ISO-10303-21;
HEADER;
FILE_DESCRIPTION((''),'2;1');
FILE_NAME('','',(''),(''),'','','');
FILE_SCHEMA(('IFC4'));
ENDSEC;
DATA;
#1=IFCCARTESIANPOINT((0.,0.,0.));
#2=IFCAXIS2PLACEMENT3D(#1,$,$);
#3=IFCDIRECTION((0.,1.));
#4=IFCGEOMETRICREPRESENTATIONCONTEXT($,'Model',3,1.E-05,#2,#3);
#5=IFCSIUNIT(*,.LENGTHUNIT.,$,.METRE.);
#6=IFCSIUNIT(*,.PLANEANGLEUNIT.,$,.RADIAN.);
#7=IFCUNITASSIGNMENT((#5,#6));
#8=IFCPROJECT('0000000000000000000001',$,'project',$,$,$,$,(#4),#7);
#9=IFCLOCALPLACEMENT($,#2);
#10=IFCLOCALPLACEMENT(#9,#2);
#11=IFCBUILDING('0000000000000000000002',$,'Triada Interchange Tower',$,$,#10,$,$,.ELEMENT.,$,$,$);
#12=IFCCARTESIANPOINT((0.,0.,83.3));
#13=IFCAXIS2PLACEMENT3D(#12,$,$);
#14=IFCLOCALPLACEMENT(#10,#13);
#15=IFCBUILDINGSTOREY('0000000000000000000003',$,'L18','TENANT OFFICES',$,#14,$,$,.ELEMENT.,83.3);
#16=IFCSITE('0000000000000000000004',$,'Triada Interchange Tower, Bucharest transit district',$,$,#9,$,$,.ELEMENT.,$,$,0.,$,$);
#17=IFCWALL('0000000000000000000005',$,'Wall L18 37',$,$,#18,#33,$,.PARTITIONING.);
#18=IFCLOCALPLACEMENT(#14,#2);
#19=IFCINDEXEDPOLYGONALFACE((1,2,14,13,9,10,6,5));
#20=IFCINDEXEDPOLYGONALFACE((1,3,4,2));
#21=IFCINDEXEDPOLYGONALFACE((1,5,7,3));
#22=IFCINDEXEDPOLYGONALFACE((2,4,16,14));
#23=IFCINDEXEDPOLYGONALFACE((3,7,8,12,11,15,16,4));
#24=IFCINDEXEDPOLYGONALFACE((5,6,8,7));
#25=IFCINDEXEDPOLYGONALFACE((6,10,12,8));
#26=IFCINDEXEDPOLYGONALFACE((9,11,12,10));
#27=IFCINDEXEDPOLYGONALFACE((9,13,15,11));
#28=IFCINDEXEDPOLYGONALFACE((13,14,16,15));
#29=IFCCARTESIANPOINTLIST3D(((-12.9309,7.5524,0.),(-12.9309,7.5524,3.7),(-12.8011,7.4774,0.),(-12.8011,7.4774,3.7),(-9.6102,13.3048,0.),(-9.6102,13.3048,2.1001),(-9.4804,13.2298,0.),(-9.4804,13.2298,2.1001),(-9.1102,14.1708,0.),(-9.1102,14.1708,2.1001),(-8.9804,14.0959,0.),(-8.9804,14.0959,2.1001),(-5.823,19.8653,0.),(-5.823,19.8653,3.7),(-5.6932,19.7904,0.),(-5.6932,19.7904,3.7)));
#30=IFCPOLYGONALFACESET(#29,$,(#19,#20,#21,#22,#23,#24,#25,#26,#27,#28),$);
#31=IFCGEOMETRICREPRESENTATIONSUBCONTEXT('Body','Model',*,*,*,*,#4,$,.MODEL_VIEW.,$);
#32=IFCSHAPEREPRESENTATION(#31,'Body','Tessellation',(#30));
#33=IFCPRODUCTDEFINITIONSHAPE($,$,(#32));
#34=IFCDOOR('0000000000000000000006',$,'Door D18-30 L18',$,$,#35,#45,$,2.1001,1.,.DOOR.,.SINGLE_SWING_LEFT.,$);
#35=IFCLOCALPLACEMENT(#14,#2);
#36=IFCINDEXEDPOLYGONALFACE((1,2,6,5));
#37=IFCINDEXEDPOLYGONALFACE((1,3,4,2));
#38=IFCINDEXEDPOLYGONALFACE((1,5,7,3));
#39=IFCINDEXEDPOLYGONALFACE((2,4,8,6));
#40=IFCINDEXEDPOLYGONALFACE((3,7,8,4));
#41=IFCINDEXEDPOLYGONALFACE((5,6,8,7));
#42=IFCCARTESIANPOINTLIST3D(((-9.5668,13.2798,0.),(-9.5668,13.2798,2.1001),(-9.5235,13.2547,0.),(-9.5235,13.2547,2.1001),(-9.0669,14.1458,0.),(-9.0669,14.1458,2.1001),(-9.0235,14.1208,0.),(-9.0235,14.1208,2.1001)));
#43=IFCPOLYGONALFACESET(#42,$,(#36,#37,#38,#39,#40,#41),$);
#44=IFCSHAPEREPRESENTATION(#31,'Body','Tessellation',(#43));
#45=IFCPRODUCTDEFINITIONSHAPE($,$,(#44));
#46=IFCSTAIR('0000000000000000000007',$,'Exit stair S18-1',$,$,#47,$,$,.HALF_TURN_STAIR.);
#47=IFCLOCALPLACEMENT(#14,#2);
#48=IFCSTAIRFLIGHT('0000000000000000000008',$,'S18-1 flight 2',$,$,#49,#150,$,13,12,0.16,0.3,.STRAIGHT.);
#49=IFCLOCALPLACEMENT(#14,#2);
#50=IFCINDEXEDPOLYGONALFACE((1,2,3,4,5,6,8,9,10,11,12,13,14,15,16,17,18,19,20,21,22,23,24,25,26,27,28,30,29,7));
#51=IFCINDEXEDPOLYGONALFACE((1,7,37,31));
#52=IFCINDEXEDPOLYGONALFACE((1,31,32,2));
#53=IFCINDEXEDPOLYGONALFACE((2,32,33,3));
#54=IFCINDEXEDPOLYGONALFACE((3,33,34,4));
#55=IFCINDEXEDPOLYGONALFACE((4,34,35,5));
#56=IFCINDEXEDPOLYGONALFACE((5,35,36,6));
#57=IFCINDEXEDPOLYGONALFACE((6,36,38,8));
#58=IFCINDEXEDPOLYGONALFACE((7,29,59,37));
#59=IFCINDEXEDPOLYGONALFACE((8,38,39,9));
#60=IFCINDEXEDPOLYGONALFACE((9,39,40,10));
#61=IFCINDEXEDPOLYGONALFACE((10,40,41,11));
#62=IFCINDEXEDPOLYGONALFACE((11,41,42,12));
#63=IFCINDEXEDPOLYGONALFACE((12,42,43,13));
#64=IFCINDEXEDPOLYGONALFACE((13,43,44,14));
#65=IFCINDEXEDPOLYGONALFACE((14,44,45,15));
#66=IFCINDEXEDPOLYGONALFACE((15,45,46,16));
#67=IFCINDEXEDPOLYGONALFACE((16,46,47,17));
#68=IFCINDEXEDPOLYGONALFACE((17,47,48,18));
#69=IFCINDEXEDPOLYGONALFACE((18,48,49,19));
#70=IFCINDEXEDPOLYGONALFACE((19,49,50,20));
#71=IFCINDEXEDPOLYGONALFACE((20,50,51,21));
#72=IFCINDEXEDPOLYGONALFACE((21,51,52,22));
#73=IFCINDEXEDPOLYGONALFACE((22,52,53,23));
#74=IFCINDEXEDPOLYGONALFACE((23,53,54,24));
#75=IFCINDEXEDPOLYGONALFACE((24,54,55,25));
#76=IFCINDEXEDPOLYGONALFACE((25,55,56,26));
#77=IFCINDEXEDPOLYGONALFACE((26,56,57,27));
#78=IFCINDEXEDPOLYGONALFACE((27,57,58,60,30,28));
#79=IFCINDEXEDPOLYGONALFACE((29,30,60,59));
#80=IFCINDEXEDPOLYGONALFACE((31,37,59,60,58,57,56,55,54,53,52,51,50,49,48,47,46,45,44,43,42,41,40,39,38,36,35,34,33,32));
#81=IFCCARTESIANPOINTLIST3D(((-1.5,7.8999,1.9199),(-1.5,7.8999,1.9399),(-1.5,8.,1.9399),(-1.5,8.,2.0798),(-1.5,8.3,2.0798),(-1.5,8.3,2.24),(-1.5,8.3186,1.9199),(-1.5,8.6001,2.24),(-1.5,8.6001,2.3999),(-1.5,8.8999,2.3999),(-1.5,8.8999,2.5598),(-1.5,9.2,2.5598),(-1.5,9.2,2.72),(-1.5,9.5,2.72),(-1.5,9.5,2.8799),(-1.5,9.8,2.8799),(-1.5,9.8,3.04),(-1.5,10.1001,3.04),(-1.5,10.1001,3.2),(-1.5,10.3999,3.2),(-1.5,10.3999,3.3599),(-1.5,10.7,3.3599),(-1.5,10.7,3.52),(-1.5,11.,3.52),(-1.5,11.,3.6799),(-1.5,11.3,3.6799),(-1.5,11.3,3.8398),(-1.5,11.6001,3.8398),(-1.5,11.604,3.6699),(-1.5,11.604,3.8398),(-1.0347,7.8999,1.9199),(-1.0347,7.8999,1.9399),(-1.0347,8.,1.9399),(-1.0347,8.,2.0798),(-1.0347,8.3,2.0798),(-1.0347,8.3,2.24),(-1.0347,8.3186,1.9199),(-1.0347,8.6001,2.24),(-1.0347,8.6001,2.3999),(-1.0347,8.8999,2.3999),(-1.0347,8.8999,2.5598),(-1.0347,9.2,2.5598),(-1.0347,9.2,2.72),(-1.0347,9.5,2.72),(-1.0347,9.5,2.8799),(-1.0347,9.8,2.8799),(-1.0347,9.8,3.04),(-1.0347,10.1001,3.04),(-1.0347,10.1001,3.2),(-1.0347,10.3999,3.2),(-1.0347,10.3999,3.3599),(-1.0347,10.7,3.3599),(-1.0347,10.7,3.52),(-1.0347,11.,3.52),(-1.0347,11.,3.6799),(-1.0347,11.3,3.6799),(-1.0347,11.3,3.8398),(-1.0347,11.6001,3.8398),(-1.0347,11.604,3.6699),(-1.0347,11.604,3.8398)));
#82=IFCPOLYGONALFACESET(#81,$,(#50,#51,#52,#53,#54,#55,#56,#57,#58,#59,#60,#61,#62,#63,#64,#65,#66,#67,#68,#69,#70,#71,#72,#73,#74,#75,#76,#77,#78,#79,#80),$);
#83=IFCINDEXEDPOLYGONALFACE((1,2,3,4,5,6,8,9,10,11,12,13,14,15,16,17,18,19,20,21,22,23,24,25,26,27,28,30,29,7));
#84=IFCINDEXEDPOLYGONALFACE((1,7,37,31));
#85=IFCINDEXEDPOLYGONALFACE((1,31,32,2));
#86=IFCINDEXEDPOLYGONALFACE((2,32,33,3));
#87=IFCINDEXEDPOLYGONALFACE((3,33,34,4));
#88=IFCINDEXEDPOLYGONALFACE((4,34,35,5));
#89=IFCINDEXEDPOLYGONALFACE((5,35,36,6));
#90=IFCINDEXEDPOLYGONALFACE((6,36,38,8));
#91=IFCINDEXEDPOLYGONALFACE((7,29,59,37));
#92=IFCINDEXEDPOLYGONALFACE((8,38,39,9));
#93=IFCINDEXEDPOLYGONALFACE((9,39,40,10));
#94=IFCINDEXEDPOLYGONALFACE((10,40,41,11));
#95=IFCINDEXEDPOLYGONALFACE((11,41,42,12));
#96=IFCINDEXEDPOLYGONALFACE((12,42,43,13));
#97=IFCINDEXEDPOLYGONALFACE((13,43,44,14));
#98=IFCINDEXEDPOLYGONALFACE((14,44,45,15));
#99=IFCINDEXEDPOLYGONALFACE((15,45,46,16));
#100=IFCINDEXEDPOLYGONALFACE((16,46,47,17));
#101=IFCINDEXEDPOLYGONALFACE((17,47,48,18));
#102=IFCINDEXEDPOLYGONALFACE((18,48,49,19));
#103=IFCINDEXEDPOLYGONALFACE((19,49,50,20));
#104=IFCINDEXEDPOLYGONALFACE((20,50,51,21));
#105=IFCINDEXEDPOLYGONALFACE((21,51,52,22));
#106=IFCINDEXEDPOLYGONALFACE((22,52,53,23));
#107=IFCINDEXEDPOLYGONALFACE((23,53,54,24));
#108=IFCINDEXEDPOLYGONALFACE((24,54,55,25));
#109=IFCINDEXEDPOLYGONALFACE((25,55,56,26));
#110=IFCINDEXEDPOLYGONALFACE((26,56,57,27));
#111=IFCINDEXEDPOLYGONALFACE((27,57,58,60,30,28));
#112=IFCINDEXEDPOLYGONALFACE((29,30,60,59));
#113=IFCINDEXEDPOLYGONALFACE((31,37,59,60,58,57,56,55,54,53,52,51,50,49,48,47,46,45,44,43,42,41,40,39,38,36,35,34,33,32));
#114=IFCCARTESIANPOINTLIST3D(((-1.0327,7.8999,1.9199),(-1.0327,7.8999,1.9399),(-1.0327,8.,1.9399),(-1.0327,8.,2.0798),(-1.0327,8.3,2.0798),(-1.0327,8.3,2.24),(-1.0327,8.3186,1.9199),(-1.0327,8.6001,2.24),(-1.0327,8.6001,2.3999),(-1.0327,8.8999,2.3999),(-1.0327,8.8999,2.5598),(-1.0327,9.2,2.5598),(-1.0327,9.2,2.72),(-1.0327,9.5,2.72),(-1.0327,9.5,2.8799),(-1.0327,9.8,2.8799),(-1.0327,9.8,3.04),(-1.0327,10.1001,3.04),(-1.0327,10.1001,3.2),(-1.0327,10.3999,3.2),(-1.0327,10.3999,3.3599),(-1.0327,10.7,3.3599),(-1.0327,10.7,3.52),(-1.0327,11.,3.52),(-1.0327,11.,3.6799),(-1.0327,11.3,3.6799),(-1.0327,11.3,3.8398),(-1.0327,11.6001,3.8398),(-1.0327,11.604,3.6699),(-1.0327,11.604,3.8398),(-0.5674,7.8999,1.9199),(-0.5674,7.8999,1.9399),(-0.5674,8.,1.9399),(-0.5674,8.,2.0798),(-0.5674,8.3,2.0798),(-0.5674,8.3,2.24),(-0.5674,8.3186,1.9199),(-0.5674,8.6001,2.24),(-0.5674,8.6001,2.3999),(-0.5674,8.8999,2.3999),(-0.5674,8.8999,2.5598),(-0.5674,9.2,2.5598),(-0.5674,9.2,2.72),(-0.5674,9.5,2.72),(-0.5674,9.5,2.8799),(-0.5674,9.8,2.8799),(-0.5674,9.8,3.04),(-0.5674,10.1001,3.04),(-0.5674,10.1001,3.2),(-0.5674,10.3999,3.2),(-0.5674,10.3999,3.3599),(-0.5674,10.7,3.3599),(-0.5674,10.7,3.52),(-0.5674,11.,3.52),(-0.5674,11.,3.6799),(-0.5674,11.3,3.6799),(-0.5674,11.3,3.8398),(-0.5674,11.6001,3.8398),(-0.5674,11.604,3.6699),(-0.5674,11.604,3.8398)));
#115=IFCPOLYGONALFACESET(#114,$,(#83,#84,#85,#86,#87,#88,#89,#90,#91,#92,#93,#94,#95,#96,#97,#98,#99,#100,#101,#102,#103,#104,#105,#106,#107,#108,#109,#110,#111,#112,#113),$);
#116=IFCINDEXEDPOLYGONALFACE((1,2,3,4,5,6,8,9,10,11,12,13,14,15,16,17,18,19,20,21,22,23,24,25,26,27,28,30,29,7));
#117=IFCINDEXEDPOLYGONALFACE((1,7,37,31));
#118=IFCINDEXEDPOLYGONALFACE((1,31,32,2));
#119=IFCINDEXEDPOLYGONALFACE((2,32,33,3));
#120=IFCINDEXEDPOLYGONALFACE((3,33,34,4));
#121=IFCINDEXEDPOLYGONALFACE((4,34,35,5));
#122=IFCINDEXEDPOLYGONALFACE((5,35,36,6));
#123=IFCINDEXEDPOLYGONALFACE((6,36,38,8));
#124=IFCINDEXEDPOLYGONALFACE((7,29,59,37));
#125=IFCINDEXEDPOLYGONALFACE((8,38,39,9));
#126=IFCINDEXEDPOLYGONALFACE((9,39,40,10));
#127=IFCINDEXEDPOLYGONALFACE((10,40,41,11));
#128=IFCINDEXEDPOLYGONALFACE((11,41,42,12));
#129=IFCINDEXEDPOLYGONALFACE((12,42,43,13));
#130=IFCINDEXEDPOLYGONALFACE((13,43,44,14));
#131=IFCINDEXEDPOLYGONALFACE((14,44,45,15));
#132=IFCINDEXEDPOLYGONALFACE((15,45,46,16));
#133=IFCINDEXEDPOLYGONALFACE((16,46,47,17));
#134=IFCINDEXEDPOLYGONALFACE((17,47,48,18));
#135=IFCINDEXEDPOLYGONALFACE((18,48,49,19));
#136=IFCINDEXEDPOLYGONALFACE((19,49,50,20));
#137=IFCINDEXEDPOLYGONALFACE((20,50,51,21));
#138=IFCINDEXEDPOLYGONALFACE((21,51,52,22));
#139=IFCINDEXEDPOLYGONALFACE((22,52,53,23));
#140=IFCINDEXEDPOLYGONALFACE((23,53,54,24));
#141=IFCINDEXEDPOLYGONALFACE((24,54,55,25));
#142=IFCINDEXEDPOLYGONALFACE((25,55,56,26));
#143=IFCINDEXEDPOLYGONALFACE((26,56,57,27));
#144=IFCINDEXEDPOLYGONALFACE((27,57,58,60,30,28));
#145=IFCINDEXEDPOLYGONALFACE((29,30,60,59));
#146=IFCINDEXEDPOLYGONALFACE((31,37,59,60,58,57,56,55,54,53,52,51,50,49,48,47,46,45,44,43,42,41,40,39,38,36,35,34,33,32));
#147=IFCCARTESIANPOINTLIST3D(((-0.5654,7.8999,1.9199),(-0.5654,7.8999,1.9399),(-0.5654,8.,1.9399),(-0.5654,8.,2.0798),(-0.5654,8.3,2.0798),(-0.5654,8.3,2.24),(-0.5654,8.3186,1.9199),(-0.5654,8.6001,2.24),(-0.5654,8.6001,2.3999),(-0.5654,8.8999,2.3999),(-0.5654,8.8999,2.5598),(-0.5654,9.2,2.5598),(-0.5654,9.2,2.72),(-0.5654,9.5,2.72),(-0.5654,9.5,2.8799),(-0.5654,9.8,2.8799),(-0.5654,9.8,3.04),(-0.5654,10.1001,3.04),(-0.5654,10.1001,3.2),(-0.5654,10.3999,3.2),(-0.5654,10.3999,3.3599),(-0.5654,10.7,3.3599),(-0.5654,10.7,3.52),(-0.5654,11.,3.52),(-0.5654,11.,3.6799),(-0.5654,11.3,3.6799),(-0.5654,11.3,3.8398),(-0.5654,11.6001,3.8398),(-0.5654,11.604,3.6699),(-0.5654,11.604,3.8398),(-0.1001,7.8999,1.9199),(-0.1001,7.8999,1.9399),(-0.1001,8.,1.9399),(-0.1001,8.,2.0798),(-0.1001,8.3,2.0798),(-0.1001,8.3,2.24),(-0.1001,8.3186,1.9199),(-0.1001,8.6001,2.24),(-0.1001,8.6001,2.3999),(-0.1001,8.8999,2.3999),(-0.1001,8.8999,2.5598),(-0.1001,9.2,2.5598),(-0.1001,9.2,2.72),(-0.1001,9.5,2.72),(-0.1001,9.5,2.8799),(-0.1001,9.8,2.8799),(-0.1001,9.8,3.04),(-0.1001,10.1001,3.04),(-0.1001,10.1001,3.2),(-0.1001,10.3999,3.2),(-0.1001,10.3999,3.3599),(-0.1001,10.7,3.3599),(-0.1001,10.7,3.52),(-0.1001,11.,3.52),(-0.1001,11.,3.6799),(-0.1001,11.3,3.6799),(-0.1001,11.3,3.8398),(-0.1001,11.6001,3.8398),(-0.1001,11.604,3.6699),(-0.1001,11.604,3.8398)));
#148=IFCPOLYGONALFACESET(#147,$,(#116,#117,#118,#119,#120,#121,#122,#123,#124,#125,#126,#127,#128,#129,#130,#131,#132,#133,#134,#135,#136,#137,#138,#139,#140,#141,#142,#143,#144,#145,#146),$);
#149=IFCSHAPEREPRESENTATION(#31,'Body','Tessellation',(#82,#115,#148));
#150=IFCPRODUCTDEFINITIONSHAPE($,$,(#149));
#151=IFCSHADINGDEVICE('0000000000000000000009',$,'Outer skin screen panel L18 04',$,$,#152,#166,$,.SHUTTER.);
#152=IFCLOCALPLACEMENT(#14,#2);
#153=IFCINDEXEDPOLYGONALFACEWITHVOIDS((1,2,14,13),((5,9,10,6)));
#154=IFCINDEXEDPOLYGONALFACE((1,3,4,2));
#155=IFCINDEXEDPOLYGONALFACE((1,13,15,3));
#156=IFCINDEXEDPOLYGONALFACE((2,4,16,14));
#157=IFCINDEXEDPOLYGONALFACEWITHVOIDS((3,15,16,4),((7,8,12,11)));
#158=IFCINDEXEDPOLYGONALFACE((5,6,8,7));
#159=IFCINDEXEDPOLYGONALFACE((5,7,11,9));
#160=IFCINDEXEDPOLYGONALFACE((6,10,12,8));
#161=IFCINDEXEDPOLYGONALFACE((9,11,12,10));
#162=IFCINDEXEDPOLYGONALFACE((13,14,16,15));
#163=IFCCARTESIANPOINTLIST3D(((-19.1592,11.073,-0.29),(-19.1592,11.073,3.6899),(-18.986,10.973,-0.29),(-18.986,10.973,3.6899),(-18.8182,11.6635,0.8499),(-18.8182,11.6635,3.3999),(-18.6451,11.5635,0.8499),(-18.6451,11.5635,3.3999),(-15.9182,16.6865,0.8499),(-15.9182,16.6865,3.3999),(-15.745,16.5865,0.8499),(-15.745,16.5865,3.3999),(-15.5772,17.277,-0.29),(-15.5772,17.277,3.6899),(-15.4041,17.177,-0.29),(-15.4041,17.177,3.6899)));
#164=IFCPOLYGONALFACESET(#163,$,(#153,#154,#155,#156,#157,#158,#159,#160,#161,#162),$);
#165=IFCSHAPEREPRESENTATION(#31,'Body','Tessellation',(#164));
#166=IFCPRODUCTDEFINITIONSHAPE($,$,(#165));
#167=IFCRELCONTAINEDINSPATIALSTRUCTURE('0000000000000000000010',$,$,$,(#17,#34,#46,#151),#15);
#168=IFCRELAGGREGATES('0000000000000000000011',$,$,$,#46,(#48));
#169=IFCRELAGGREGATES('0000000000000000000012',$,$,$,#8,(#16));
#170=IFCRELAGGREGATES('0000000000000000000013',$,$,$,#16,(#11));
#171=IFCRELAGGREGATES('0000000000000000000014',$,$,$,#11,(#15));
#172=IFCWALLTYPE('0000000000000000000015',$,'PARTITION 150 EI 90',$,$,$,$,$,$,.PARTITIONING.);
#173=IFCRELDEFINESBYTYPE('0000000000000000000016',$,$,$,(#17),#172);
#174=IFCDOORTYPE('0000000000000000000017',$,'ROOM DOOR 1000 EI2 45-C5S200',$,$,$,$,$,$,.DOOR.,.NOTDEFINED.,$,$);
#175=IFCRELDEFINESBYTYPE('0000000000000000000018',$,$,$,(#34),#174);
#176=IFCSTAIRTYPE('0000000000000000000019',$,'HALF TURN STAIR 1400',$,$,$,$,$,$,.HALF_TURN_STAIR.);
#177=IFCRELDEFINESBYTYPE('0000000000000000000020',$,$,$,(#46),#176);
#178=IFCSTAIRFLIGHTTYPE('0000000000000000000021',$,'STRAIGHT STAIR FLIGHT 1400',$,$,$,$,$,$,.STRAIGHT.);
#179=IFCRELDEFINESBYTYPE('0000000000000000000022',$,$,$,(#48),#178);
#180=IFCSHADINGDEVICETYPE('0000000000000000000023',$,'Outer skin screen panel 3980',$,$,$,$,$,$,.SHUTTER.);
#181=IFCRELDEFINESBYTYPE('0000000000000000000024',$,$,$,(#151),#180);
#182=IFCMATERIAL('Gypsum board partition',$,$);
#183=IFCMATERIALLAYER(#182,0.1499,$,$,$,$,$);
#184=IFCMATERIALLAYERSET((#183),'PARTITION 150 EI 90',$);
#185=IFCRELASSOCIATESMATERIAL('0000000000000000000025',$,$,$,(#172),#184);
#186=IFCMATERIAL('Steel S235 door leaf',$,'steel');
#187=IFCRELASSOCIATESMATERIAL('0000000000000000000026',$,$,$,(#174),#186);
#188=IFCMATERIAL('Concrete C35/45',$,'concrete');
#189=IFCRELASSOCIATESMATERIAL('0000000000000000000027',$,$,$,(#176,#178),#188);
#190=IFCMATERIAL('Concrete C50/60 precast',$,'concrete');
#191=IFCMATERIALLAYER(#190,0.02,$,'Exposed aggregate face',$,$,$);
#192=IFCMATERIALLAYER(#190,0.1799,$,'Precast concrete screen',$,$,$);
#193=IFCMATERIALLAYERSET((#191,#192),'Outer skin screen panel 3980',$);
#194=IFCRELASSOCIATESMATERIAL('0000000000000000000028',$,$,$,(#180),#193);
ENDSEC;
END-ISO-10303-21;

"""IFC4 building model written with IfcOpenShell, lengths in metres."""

from ifc_helpers import new_model, si_unit, direction, frame, frame_2d, origin, place, context, subcontext, project, spatial, polyline, rectangle, outline, extrude, material, layer, layer_set, type_object, element, fill, aggregate, save


model = new_model("IFC4")

# Units and contexts
model_context = context("Model", 3, precision=1e-05, world=origin(), true_north=direction((0.0, 1.0)))
body_context = subcontext(model_context, "Body", "Model", "MODEL_VIEW")
ifc_project = project(units=[si_unit("LENGTHUNIT", "METRE"), si_unit("PLANEANGLEUNIT", "RADIAN")], contexts=[model_context])

# Site, building, storey
site_placement = place(None, origin())
site = spatial("IfcSite", under=ifc_project, at=site_placement, Name="Triada Interchange Tower, Bucharest transit district", CompositionType="ELEMENT", RefElevation=0.0)
building_placement = place(site_placement, origin())
building = spatial("IfcBuilding", under=site, at=building_placement, Name="Triada Interchange Tower", CompositionType="ELEMENT")
storey_placement = place(building_placement, frame((0.0, 0.0, 83.3)))
storey = spatial("IfcBuildingStorey", under=building, at=storey_placement, Name="L18", Description="TENANT OFFICES", CompositionType="ELEMENT", Elevation=83.3)

# Shared definitions
ifc_material_1 = material(Name="Steel S235 door leaf", Category="steel")

# Shared definitions
ifc_material_2 = material(Name="Gypsum board partition")

# Wall, opening, door
ifc_layer_1 = layer(ifc_material_2, 0.1499)
ifc_layer_set_1 = layer_set([ifc_layer_1], Name="PARTITION 150 EI 90")
wall_type_1 = type_object("IfcWallType", Name="PARTITION 150 EI 90", PredefinedType="PARTITIONING", material=ifc_layer_set_1)
wall_1_placement = place(storey_placement, frame((-12.866, 7.5149, 0.0), z_axis=(0.0, 0.0, 1.0), x_axis=(0.499947, 0.866056, 0.0)))
wall_1 = element("IfcWall", 1, at=wall_1_placement, inside=storey, type_object=wall_type_1, Name="Wall L18 37", PredefinedType="PARTITIONING", context=body_context, shape_type="SweptSolid", body=[
    extrude(rectangle(XDim=14.2173, YDim=0.1499, at=frame_2d((7.1086, 0.0))), origin(), (0.0, 0.0, 1.0), 3.7),
])
opening_1_placement = place(wall_1_placement, frame((6.6421, 0.0, 0.0)))
opening_1 = element("IfcOpeningElement", 2, at=opening_1_placement, cuts=wall_1, PredefinedType="OPENING", context=body_context, shape_type="SweptSolid", body=[
    extrude(rectangle(XDim=1.0, YDim=2.1001, at=frame_2d((0.5, 1.05))), frame((0.0, 0.085, 0.0), z_axis=(0.0, -1.0, 0.0), x_axis=(1.0, 0.0, 0.0)), (0.0, 0.0, 1.0), 0.1699),
])
door_type_1 = type_object("IfcDoorType", Name="ROOM DOOR 1000 EI2 45-C5S200", OperationType="NOTDEFINED", PredefinedType="DOOR", material=ifc_material_1)
door_1_placement = place(opening_1_placement, origin())
door_1 = element("IfcDoor", 3, at=door_1_placement, inside=storey, type_object=door_type_1, Name="Door D18-30 L18", OperationType="SINGLE_SWING_LEFT", OverallHeight=2.1001, OverallWidth=1.0, PredefinedType="DOOR", context=body_context, shape_type="SweptSolid", body=[
    extrude(rectangle(XDim=1.0, YDim=2.1001, at=frame_2d((0.5, 1.05))), frame((0.0, 0.0249, 0.0), z_axis=(0.0, -1.0, 0.0), x_axis=(1.0, 0.0, 0.0)), (0.0, 0.0, 1.0), 0.05),
])
fill(opening_1, door_1)

# Stair, stair flight
ifc_material_3 = material(Name="Concrete C35/45", Category="concrete")
stair_type = type_object("IfcStairType", Name="HALF TURN STAIR 1400", PredefinedType="HALF_TURN_STAIR", material=ifc_material_3)
stair_placement = place(storey_placement, origin())
stair = element("IfcStair", 4, at=stair_placement, inside=storey, type_object=stair_type, Name="Exit stair S18-1", PredefinedType="HALF_TURN_STAIR")
stair_flight_type = type_object("IfcStairFlightType", Name="STRAIGHT STAIR FLIGHT 1400", PredefinedType="STRAIGHT", material=ifc_material_3)
stair_flight_placement = place(storey_placement, frame((-0.8, 8.0, 1.9199), z_axis=(0.0, 0.0, 1.0), x_axis=(0.0, 1.0, 0.0)))
stair_flight = element("IfcStairFlight", 5, at=stair_flight_placement, type_object=stair_flight_type, Name="S18-1 flight 2", NumberOfRisers=13, NumberOfTreads=12, PredefinedType="STRAIGHT", RiserHeight=0.16, TreadLength=0.3, context=body_context, shape_type="SweptSolid", body=[
    extrude(outline(polyline([(-0.1001, 0.0), (-0.1001, 0.02), (0.0, 0.02), (0.0, 0.1599), (0.3, 0.1599), (0.3, 0.3201), (0.6001, 0.3201), (0.6001, 0.48), (0.8999, 0.48), (0.8999, 0.6399), (1.2, 0.6399), (1.2, 0.8), (1.5, 0.8), (1.5, 0.96), (1.8, 0.96), (1.8, 1.1201), (2.1001, 1.1201), (2.1001, 1.28), (2.3999, 1.28), (2.3999, 1.4399), (2.7, 1.4399), (2.7, 1.6001), (3.0, 1.6001), (3.0, 1.76), (3.3, 1.76), (3.3, 1.9199), (3.6001, 1.9199), (3.604, 1.9199), (3.604, 2.0801), (3.604, 1.75), (0.3186, 0.0), (-0.1001, 0.0)])), frame((0.0, 0.7, 0.0), z_axis=(0.0, -1.0, 0.0), x_axis=(1.0, 0.0, 0.0)), (0.0, 0.0, 1.0), 0.4653),
    extrude(outline(polyline([(-0.1001, 0.0), (-0.1001, 0.02), (0.0, 0.02), (0.0, 0.1599), (0.3, 0.1599), (0.3, 0.3201), (0.6001, 0.3201), (0.6001, 0.48), (0.8999, 0.48), (0.8999, 0.6399), (1.2, 0.6399), (1.2, 0.8), (1.5, 0.8), (1.5, 0.96), (1.8, 0.96), (1.8, 1.1201), (2.1001, 1.1201), (2.1001, 1.28), (2.3999, 1.28), (2.3999, 1.4399), (2.7, 1.4399), (2.7, 1.6001), (3.0, 1.6001), (3.0, 1.76), (3.3, 1.76), (3.3, 1.9199), (3.6001, 1.9199), (3.604, 1.9199), (3.604, 2.0801), (3.604, 1.75), (0.3186, 0.0), (-0.1001, 0.0)])), frame((0.0, 0.2327, 0.0), z_axis=(0.0, -1.0, 0.0), x_axis=(1.0, 0.0, 0.0)), (0.0, 0.0, 1.0), 0.4653),
    extrude(outline(polyline([(-0.1001, 0.0), (-0.1001, 0.02), (0.0, 0.02), (0.0, 0.1599), (0.3, 0.1599), (0.3, 0.3201), (0.6001, 0.3201), (0.6001, 0.48), (0.8999, 0.48), (0.8999, 0.6399), (1.2, 0.6399), (1.2, 0.8), (1.5, 0.8), (1.5, 0.96), (1.8, 0.96), (1.8, 1.1201), (2.1001, 1.1201), (2.1001, 1.28), (2.3999, 1.28), (2.3999, 1.4399), (2.7, 1.4399), (2.7, 1.6001), (3.0, 1.6001), (3.0, 1.76), (3.3, 1.76), (3.3, 1.9199), (3.6001, 1.9199), (3.604, 1.9199), (3.604, 2.0801), (3.604, 1.75), (0.3186, 0.0), (-0.1001, 0.0)])), frame((0.0, -0.2346, 0.0), z_axis=(0.0, -1.0, 0.0), x_axis=(1.0, 0.0, 0.0)), (0.0, 0.0, 1.0), 0.4653),
])

# Shading device
ifc_material_4 = material(Name="Concrete C50/60 precast", Category="concrete")
ifc_layer_2 = layer(ifc_material_4, 0.02, Name="Exposed aggregate face")
ifc_layer_3 = layer(ifc_material_4, 0.1799, Name="Precast concrete screen")
ifc_layer_set_2 = layer_set([ifc_layer_2, ifc_layer_3], Name="Outer skin screen panel 3980")
shading_device_type = type_object("IfcShadingDeviceType", Name="Outer skin screen panel 3980", PredefinedType="SHUTTER", material=ifc_layer_set_2)
shading_device_1_placement = place(storey_placement, frame((-15.4041, 17.177, -0.29), z_axis=(0.0, 0.0, 1.0), x_axis=(-0.50001, -0.86602, 0.0)))
element("IfcShadingDevice", 6, at=shading_device_1_placement, inside=storey, type_object=shading_device_type, Name="Outer skin screen panel L18 04", PredefinedType="SHUTTER", context=body_context, shape_type="SweptSolid", body=[
    extrude(outline(polyline([(0.0, 0.0), (7.1638, 0.0), (7.1638, 3.98), (0.0, 3.98), (0.0, 0.0)]), holes=[polyline([(0.6819, 1.1399), (0.6819, 3.6899), (6.4819, 3.6899), (6.4819, 1.1399), (0.6819, 1.1399)])]), frame((0.0, 0.0, 0.0), z_axis=(0.0, -1.0, 0.0), x_axis=(1.0, 0.0, 0.0)), (0.0, 0.0, 1.0), 0.2),
])

aggregate(stair, [stair_flight])

save(model, "model.ifc")
